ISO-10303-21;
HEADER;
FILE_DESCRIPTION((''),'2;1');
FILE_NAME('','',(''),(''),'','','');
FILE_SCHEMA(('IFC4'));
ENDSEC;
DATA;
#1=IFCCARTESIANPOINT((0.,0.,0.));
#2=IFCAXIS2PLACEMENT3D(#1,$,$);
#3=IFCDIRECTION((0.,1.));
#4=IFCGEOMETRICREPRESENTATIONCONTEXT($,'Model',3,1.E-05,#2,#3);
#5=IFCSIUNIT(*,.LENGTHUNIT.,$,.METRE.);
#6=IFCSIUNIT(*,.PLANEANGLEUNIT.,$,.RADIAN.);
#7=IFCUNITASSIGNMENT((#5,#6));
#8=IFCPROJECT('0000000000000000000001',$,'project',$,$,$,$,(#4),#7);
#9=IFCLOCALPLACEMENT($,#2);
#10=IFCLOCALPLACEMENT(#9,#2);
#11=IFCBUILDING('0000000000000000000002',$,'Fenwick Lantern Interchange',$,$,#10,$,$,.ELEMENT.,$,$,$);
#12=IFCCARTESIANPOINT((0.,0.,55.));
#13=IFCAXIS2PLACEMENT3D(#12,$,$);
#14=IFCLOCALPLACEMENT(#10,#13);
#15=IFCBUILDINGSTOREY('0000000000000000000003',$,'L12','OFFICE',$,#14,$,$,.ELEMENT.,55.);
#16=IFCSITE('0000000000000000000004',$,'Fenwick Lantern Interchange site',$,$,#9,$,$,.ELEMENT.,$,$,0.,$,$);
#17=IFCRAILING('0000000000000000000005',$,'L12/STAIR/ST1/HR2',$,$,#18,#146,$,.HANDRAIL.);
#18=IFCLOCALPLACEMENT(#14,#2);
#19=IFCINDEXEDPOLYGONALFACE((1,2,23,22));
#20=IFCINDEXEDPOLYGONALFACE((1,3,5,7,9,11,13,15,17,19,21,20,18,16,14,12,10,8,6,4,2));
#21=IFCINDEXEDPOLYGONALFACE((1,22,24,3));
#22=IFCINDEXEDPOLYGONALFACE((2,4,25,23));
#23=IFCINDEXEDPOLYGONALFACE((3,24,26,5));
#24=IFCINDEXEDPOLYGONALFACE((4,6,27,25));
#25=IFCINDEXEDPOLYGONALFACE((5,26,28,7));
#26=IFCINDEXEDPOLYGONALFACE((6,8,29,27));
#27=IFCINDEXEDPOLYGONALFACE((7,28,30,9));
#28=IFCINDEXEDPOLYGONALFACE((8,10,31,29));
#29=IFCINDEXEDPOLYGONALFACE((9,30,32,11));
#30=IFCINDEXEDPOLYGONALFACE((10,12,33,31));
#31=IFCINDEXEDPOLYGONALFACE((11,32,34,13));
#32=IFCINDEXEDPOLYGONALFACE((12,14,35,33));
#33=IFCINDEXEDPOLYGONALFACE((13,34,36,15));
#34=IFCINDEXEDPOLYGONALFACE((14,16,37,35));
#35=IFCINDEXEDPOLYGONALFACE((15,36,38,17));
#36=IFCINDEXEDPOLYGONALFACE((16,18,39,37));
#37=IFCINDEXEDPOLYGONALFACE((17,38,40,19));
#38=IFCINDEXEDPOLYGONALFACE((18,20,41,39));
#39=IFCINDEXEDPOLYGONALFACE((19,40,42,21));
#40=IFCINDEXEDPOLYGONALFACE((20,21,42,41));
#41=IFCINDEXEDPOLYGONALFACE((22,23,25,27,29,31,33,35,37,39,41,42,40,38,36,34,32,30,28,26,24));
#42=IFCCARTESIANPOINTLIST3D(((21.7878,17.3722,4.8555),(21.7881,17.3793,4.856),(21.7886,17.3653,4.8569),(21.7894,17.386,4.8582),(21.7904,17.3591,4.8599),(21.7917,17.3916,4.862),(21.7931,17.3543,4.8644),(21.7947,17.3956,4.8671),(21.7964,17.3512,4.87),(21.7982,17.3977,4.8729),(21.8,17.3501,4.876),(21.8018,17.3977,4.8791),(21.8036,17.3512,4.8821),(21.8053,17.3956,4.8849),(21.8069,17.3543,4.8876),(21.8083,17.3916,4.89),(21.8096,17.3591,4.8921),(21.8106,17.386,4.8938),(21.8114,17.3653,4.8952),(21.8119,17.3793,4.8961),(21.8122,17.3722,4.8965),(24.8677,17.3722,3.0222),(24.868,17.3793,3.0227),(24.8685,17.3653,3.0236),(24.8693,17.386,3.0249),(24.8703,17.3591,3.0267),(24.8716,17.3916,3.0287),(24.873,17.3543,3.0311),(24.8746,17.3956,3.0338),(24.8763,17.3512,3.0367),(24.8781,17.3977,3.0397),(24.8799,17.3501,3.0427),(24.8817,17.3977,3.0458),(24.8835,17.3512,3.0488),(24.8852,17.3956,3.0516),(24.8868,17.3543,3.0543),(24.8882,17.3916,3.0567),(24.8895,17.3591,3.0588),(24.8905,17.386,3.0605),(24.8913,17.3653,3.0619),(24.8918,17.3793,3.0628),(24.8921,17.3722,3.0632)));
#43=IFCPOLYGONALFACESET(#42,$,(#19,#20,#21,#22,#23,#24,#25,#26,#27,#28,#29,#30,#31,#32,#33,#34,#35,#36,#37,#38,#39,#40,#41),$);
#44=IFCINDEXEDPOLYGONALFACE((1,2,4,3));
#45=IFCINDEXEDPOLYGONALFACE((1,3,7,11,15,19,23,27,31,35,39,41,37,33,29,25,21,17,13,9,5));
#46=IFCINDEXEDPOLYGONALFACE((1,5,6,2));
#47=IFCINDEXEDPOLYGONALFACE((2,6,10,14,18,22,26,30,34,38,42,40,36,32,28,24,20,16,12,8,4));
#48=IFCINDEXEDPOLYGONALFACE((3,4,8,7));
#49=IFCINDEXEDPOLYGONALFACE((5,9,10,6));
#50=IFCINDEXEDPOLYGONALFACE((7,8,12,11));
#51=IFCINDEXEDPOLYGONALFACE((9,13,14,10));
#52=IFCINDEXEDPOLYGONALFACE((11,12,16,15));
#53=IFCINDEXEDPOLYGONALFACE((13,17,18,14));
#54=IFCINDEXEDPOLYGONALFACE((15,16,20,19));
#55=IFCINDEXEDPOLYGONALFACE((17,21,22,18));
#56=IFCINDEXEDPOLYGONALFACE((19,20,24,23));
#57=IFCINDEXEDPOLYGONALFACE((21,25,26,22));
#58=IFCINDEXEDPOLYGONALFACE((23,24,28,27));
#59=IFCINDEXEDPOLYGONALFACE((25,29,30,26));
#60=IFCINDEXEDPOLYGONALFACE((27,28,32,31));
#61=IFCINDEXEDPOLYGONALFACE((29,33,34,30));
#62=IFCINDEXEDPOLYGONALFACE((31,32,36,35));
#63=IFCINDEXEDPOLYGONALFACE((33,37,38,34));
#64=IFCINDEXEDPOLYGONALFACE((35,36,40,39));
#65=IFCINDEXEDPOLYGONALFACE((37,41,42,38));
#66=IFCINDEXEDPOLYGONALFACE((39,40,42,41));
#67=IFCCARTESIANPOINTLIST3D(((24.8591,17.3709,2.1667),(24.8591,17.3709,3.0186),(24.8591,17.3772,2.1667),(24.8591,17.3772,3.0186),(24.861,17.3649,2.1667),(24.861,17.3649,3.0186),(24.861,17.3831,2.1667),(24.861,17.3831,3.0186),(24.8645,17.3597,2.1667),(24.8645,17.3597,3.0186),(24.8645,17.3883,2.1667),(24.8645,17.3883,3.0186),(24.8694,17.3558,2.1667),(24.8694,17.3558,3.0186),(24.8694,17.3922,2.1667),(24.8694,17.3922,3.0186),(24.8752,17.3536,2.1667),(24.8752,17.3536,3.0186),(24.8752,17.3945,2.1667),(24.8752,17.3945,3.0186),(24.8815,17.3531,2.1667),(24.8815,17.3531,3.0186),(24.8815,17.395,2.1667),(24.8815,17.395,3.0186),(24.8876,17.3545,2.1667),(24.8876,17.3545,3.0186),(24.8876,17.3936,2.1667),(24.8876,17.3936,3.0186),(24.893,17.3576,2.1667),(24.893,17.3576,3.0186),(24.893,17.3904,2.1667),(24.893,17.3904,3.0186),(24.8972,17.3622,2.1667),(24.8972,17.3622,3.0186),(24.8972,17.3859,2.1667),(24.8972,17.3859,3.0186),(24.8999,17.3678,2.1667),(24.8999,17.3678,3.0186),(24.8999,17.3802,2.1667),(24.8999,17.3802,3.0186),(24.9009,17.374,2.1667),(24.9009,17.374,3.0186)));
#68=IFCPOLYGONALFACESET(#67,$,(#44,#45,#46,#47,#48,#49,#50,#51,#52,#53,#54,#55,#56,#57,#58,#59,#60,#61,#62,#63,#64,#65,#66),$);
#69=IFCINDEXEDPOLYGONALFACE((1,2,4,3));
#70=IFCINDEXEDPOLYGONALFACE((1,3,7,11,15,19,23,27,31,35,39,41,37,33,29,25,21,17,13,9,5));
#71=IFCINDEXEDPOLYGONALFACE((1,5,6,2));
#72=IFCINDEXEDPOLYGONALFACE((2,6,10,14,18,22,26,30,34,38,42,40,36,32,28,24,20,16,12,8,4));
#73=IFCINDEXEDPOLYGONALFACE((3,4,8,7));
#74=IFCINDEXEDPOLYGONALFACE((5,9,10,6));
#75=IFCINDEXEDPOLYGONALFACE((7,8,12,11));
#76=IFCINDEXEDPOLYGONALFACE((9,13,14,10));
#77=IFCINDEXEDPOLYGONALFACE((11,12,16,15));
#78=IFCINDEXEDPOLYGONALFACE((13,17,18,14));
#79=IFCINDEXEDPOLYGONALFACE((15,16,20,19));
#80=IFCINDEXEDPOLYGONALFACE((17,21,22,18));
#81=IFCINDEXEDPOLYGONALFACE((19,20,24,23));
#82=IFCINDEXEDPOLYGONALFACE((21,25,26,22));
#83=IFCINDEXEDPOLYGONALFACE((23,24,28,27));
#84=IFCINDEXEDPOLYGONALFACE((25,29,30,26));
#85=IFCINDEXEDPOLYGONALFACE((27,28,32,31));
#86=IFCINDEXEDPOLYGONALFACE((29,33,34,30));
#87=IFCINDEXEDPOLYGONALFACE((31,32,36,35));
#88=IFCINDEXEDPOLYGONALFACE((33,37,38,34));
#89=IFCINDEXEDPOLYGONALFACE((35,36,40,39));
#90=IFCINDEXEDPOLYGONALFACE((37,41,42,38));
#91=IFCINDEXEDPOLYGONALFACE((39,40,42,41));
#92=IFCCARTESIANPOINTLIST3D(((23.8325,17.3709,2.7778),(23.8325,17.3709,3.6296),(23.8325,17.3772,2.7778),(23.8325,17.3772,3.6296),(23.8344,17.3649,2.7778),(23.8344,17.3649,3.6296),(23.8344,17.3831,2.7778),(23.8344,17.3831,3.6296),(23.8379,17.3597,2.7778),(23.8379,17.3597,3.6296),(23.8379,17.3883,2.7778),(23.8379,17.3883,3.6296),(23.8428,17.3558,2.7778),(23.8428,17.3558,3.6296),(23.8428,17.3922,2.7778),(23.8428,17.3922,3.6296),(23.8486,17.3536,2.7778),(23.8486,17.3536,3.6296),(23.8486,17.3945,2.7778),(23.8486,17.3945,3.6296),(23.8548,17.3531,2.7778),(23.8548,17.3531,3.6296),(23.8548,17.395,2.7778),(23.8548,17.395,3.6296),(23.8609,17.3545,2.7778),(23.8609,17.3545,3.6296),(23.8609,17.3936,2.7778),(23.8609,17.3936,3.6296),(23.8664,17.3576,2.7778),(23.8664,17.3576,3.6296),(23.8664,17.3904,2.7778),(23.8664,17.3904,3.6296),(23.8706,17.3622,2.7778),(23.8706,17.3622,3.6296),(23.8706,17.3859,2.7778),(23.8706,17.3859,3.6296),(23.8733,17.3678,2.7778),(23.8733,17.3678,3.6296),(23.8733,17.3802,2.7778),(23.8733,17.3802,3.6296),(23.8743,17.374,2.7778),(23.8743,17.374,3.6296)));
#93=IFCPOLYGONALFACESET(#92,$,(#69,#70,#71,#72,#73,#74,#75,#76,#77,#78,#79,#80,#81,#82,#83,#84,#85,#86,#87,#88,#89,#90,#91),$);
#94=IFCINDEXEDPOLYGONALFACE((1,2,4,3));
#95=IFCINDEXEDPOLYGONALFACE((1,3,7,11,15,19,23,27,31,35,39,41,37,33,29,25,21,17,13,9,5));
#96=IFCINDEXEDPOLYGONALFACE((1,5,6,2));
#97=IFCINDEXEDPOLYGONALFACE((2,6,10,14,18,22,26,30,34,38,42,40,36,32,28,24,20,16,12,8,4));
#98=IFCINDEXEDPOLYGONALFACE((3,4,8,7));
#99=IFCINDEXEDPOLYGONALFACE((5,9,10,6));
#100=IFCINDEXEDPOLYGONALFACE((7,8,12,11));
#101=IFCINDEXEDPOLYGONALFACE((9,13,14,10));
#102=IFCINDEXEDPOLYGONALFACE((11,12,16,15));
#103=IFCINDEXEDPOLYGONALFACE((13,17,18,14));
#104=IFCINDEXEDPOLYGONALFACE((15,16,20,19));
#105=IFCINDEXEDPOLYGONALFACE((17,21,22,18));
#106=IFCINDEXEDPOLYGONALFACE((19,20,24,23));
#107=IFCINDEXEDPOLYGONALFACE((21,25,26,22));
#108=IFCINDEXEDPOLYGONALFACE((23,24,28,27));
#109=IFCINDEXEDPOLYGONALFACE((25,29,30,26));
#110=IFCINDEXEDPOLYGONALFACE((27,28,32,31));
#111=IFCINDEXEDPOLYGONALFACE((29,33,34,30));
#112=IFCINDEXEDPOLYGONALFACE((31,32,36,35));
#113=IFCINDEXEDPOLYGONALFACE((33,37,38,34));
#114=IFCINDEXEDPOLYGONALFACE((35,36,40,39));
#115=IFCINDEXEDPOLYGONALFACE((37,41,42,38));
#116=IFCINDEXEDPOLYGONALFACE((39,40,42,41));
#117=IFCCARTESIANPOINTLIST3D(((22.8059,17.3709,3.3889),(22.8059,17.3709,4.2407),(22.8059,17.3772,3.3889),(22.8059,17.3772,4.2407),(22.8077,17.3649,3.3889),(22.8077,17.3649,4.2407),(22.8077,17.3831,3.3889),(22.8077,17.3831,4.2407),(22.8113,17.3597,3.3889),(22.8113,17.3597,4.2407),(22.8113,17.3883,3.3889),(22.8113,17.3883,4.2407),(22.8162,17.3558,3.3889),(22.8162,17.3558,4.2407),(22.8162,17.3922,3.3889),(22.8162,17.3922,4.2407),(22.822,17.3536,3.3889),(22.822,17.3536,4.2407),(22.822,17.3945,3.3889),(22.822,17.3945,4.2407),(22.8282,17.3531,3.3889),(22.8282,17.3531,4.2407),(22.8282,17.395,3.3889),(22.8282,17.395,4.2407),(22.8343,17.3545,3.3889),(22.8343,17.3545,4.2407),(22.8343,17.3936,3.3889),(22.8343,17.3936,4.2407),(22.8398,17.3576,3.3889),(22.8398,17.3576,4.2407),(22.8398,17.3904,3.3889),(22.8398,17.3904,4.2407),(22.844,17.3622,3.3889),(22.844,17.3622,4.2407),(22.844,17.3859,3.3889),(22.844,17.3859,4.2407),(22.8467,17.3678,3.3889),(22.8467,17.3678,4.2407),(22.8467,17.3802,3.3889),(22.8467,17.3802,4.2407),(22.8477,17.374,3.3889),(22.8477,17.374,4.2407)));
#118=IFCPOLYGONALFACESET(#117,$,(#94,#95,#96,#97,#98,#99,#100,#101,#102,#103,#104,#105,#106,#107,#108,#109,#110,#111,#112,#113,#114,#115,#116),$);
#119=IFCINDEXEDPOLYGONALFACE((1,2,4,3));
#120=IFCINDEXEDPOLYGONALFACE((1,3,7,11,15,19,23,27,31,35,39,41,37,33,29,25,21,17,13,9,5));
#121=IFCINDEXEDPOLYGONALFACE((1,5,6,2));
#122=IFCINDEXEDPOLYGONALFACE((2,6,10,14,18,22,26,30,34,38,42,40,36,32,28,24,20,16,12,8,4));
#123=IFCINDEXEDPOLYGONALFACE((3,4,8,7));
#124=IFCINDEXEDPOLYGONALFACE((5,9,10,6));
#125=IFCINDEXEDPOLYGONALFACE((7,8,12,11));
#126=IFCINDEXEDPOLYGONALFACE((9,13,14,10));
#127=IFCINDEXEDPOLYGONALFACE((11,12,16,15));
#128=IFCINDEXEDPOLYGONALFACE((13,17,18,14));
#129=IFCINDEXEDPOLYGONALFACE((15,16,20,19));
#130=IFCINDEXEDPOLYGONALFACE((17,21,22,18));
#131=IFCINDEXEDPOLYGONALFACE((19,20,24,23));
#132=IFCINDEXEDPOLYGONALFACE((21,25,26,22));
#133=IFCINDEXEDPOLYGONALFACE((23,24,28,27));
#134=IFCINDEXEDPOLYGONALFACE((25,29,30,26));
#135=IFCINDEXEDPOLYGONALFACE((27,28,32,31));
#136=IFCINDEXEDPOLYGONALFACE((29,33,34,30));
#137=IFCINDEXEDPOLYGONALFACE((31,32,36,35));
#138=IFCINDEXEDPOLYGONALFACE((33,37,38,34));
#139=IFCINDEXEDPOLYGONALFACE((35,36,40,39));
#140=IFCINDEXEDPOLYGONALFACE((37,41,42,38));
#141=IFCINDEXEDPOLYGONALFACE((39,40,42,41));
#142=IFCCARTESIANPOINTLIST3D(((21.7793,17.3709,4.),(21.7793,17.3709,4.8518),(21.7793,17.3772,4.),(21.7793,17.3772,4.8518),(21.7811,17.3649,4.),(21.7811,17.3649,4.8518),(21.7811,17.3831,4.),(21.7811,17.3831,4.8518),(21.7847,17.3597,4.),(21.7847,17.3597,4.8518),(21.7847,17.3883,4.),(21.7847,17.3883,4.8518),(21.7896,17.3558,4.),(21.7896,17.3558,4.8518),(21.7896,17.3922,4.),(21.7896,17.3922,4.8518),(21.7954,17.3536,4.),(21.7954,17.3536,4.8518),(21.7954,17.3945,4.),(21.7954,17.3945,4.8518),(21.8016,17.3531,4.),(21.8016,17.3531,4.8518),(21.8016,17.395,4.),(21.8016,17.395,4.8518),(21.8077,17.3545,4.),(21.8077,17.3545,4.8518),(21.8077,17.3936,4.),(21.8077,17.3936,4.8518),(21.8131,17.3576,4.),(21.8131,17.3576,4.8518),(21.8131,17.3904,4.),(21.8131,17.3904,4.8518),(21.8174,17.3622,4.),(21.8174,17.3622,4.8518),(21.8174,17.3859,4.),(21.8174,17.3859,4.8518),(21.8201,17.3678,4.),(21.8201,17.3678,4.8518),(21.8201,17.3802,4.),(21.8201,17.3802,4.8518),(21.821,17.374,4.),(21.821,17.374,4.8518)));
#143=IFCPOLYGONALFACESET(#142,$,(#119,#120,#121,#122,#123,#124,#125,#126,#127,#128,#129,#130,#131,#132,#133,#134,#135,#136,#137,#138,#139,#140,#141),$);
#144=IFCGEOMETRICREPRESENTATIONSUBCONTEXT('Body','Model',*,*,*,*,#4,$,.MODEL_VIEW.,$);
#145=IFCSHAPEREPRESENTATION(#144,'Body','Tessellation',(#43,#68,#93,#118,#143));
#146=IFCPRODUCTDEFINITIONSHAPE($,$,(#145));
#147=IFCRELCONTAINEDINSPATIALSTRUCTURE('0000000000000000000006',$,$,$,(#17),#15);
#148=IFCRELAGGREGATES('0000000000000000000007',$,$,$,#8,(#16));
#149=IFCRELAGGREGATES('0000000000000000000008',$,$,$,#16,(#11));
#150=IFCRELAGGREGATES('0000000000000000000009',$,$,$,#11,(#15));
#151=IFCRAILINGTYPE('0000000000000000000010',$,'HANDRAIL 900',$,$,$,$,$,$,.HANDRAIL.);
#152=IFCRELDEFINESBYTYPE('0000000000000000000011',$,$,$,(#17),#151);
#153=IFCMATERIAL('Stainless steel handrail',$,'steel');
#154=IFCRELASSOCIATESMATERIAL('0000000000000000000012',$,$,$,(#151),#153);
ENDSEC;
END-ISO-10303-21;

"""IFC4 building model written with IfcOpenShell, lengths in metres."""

from ifc_helpers import new_model, si_unit, direction, frame, origin, origin_2d, place, context, subcontext, project, spatial, circle, extrude, material, type_object, element, save


model = new_model("IFC4")

# Units and contexts
model_context = context("Model", 3, precision=1e-05, world=origin(), true_north=direction((0.0, 1.0)))
body_context = subcontext(model_context, "Body", "Model", "MODEL_VIEW")
ifc_project = project(units=[si_unit("LENGTHUNIT", "METRE"), si_unit("PLANEANGLEUNIT", "RADIAN")], contexts=[model_context])

# Site, building, storey
site_placement = place(None, origin())
site = spatial("IfcSite", under=ifc_project, at=site_placement, Name="Fenwick Lantern Interchange site", CompositionType="ELEMENT", RefElevation=0.0)
building_placement = place(site_placement, origin())
building = spatial("IfcBuilding", under=site, at=building_placement, Name="Fenwick Lantern Interchange", CompositionType="ELEMENT")
storey_placement = place(building_placement, frame((0.0, 0.0, 55.0)))
storey = spatial("IfcBuildingStorey", under=building, at=storey_placement, Name="L12", Description="OFFICE", CompositionType="ELEMENT", Elevation=55.0)

# Railing
ifc_material_1 = material(Name="Stainless steel handrail", Category="steel")
railing_type = type_object("IfcRailingType", Name="HANDRAIL 900", PredefinedType="HANDRAIL", material=ifc_material_1)
railing_1_placement = place(storey_placement, frame((24.8799, 17.374, 2.1667)))
element("IfcRailing", 1, at=railing_1_placement, inside=storey, type_object=railing_type, Name="L12/STAIR/ST1/HR2", PredefinedType="HANDRAIL", context=body_context, shape_type="SweptSolid", body=[
    extrude(circle(Radius=0.0239, at=origin_2d()), frame((0.0, 0.0, 0.876), z_axis=(-0.859291, 0.0, 0.511487), x_axis=(0.0, -1.0, 0.0)), (0.0, 0.0, 1.0), 3.5842),
    extrude(circle(Radius=0.021, at=origin_2d()), origin(), (0.0, 0.0, 1.0), 0.8518),
    extrude(circle(Radius=0.021, at=origin_2d()), frame((-1.0266, 0.0, 0.6111)), (0.0, 0.0, 1.0), 0.8518),
    extrude(circle(Radius=0.021, at=origin_2d()), frame((-2.0532, 0.0, 1.2222)), (0.0, 0.0, 1.0), 0.8518),
    extrude(circle(Radius=0.021, at=origin_2d()), frame((-3.0798, 0.0, 1.8333)), (0.0, 0.0, 1.0), 0.8518),
])

save(model, "model.ifc")
